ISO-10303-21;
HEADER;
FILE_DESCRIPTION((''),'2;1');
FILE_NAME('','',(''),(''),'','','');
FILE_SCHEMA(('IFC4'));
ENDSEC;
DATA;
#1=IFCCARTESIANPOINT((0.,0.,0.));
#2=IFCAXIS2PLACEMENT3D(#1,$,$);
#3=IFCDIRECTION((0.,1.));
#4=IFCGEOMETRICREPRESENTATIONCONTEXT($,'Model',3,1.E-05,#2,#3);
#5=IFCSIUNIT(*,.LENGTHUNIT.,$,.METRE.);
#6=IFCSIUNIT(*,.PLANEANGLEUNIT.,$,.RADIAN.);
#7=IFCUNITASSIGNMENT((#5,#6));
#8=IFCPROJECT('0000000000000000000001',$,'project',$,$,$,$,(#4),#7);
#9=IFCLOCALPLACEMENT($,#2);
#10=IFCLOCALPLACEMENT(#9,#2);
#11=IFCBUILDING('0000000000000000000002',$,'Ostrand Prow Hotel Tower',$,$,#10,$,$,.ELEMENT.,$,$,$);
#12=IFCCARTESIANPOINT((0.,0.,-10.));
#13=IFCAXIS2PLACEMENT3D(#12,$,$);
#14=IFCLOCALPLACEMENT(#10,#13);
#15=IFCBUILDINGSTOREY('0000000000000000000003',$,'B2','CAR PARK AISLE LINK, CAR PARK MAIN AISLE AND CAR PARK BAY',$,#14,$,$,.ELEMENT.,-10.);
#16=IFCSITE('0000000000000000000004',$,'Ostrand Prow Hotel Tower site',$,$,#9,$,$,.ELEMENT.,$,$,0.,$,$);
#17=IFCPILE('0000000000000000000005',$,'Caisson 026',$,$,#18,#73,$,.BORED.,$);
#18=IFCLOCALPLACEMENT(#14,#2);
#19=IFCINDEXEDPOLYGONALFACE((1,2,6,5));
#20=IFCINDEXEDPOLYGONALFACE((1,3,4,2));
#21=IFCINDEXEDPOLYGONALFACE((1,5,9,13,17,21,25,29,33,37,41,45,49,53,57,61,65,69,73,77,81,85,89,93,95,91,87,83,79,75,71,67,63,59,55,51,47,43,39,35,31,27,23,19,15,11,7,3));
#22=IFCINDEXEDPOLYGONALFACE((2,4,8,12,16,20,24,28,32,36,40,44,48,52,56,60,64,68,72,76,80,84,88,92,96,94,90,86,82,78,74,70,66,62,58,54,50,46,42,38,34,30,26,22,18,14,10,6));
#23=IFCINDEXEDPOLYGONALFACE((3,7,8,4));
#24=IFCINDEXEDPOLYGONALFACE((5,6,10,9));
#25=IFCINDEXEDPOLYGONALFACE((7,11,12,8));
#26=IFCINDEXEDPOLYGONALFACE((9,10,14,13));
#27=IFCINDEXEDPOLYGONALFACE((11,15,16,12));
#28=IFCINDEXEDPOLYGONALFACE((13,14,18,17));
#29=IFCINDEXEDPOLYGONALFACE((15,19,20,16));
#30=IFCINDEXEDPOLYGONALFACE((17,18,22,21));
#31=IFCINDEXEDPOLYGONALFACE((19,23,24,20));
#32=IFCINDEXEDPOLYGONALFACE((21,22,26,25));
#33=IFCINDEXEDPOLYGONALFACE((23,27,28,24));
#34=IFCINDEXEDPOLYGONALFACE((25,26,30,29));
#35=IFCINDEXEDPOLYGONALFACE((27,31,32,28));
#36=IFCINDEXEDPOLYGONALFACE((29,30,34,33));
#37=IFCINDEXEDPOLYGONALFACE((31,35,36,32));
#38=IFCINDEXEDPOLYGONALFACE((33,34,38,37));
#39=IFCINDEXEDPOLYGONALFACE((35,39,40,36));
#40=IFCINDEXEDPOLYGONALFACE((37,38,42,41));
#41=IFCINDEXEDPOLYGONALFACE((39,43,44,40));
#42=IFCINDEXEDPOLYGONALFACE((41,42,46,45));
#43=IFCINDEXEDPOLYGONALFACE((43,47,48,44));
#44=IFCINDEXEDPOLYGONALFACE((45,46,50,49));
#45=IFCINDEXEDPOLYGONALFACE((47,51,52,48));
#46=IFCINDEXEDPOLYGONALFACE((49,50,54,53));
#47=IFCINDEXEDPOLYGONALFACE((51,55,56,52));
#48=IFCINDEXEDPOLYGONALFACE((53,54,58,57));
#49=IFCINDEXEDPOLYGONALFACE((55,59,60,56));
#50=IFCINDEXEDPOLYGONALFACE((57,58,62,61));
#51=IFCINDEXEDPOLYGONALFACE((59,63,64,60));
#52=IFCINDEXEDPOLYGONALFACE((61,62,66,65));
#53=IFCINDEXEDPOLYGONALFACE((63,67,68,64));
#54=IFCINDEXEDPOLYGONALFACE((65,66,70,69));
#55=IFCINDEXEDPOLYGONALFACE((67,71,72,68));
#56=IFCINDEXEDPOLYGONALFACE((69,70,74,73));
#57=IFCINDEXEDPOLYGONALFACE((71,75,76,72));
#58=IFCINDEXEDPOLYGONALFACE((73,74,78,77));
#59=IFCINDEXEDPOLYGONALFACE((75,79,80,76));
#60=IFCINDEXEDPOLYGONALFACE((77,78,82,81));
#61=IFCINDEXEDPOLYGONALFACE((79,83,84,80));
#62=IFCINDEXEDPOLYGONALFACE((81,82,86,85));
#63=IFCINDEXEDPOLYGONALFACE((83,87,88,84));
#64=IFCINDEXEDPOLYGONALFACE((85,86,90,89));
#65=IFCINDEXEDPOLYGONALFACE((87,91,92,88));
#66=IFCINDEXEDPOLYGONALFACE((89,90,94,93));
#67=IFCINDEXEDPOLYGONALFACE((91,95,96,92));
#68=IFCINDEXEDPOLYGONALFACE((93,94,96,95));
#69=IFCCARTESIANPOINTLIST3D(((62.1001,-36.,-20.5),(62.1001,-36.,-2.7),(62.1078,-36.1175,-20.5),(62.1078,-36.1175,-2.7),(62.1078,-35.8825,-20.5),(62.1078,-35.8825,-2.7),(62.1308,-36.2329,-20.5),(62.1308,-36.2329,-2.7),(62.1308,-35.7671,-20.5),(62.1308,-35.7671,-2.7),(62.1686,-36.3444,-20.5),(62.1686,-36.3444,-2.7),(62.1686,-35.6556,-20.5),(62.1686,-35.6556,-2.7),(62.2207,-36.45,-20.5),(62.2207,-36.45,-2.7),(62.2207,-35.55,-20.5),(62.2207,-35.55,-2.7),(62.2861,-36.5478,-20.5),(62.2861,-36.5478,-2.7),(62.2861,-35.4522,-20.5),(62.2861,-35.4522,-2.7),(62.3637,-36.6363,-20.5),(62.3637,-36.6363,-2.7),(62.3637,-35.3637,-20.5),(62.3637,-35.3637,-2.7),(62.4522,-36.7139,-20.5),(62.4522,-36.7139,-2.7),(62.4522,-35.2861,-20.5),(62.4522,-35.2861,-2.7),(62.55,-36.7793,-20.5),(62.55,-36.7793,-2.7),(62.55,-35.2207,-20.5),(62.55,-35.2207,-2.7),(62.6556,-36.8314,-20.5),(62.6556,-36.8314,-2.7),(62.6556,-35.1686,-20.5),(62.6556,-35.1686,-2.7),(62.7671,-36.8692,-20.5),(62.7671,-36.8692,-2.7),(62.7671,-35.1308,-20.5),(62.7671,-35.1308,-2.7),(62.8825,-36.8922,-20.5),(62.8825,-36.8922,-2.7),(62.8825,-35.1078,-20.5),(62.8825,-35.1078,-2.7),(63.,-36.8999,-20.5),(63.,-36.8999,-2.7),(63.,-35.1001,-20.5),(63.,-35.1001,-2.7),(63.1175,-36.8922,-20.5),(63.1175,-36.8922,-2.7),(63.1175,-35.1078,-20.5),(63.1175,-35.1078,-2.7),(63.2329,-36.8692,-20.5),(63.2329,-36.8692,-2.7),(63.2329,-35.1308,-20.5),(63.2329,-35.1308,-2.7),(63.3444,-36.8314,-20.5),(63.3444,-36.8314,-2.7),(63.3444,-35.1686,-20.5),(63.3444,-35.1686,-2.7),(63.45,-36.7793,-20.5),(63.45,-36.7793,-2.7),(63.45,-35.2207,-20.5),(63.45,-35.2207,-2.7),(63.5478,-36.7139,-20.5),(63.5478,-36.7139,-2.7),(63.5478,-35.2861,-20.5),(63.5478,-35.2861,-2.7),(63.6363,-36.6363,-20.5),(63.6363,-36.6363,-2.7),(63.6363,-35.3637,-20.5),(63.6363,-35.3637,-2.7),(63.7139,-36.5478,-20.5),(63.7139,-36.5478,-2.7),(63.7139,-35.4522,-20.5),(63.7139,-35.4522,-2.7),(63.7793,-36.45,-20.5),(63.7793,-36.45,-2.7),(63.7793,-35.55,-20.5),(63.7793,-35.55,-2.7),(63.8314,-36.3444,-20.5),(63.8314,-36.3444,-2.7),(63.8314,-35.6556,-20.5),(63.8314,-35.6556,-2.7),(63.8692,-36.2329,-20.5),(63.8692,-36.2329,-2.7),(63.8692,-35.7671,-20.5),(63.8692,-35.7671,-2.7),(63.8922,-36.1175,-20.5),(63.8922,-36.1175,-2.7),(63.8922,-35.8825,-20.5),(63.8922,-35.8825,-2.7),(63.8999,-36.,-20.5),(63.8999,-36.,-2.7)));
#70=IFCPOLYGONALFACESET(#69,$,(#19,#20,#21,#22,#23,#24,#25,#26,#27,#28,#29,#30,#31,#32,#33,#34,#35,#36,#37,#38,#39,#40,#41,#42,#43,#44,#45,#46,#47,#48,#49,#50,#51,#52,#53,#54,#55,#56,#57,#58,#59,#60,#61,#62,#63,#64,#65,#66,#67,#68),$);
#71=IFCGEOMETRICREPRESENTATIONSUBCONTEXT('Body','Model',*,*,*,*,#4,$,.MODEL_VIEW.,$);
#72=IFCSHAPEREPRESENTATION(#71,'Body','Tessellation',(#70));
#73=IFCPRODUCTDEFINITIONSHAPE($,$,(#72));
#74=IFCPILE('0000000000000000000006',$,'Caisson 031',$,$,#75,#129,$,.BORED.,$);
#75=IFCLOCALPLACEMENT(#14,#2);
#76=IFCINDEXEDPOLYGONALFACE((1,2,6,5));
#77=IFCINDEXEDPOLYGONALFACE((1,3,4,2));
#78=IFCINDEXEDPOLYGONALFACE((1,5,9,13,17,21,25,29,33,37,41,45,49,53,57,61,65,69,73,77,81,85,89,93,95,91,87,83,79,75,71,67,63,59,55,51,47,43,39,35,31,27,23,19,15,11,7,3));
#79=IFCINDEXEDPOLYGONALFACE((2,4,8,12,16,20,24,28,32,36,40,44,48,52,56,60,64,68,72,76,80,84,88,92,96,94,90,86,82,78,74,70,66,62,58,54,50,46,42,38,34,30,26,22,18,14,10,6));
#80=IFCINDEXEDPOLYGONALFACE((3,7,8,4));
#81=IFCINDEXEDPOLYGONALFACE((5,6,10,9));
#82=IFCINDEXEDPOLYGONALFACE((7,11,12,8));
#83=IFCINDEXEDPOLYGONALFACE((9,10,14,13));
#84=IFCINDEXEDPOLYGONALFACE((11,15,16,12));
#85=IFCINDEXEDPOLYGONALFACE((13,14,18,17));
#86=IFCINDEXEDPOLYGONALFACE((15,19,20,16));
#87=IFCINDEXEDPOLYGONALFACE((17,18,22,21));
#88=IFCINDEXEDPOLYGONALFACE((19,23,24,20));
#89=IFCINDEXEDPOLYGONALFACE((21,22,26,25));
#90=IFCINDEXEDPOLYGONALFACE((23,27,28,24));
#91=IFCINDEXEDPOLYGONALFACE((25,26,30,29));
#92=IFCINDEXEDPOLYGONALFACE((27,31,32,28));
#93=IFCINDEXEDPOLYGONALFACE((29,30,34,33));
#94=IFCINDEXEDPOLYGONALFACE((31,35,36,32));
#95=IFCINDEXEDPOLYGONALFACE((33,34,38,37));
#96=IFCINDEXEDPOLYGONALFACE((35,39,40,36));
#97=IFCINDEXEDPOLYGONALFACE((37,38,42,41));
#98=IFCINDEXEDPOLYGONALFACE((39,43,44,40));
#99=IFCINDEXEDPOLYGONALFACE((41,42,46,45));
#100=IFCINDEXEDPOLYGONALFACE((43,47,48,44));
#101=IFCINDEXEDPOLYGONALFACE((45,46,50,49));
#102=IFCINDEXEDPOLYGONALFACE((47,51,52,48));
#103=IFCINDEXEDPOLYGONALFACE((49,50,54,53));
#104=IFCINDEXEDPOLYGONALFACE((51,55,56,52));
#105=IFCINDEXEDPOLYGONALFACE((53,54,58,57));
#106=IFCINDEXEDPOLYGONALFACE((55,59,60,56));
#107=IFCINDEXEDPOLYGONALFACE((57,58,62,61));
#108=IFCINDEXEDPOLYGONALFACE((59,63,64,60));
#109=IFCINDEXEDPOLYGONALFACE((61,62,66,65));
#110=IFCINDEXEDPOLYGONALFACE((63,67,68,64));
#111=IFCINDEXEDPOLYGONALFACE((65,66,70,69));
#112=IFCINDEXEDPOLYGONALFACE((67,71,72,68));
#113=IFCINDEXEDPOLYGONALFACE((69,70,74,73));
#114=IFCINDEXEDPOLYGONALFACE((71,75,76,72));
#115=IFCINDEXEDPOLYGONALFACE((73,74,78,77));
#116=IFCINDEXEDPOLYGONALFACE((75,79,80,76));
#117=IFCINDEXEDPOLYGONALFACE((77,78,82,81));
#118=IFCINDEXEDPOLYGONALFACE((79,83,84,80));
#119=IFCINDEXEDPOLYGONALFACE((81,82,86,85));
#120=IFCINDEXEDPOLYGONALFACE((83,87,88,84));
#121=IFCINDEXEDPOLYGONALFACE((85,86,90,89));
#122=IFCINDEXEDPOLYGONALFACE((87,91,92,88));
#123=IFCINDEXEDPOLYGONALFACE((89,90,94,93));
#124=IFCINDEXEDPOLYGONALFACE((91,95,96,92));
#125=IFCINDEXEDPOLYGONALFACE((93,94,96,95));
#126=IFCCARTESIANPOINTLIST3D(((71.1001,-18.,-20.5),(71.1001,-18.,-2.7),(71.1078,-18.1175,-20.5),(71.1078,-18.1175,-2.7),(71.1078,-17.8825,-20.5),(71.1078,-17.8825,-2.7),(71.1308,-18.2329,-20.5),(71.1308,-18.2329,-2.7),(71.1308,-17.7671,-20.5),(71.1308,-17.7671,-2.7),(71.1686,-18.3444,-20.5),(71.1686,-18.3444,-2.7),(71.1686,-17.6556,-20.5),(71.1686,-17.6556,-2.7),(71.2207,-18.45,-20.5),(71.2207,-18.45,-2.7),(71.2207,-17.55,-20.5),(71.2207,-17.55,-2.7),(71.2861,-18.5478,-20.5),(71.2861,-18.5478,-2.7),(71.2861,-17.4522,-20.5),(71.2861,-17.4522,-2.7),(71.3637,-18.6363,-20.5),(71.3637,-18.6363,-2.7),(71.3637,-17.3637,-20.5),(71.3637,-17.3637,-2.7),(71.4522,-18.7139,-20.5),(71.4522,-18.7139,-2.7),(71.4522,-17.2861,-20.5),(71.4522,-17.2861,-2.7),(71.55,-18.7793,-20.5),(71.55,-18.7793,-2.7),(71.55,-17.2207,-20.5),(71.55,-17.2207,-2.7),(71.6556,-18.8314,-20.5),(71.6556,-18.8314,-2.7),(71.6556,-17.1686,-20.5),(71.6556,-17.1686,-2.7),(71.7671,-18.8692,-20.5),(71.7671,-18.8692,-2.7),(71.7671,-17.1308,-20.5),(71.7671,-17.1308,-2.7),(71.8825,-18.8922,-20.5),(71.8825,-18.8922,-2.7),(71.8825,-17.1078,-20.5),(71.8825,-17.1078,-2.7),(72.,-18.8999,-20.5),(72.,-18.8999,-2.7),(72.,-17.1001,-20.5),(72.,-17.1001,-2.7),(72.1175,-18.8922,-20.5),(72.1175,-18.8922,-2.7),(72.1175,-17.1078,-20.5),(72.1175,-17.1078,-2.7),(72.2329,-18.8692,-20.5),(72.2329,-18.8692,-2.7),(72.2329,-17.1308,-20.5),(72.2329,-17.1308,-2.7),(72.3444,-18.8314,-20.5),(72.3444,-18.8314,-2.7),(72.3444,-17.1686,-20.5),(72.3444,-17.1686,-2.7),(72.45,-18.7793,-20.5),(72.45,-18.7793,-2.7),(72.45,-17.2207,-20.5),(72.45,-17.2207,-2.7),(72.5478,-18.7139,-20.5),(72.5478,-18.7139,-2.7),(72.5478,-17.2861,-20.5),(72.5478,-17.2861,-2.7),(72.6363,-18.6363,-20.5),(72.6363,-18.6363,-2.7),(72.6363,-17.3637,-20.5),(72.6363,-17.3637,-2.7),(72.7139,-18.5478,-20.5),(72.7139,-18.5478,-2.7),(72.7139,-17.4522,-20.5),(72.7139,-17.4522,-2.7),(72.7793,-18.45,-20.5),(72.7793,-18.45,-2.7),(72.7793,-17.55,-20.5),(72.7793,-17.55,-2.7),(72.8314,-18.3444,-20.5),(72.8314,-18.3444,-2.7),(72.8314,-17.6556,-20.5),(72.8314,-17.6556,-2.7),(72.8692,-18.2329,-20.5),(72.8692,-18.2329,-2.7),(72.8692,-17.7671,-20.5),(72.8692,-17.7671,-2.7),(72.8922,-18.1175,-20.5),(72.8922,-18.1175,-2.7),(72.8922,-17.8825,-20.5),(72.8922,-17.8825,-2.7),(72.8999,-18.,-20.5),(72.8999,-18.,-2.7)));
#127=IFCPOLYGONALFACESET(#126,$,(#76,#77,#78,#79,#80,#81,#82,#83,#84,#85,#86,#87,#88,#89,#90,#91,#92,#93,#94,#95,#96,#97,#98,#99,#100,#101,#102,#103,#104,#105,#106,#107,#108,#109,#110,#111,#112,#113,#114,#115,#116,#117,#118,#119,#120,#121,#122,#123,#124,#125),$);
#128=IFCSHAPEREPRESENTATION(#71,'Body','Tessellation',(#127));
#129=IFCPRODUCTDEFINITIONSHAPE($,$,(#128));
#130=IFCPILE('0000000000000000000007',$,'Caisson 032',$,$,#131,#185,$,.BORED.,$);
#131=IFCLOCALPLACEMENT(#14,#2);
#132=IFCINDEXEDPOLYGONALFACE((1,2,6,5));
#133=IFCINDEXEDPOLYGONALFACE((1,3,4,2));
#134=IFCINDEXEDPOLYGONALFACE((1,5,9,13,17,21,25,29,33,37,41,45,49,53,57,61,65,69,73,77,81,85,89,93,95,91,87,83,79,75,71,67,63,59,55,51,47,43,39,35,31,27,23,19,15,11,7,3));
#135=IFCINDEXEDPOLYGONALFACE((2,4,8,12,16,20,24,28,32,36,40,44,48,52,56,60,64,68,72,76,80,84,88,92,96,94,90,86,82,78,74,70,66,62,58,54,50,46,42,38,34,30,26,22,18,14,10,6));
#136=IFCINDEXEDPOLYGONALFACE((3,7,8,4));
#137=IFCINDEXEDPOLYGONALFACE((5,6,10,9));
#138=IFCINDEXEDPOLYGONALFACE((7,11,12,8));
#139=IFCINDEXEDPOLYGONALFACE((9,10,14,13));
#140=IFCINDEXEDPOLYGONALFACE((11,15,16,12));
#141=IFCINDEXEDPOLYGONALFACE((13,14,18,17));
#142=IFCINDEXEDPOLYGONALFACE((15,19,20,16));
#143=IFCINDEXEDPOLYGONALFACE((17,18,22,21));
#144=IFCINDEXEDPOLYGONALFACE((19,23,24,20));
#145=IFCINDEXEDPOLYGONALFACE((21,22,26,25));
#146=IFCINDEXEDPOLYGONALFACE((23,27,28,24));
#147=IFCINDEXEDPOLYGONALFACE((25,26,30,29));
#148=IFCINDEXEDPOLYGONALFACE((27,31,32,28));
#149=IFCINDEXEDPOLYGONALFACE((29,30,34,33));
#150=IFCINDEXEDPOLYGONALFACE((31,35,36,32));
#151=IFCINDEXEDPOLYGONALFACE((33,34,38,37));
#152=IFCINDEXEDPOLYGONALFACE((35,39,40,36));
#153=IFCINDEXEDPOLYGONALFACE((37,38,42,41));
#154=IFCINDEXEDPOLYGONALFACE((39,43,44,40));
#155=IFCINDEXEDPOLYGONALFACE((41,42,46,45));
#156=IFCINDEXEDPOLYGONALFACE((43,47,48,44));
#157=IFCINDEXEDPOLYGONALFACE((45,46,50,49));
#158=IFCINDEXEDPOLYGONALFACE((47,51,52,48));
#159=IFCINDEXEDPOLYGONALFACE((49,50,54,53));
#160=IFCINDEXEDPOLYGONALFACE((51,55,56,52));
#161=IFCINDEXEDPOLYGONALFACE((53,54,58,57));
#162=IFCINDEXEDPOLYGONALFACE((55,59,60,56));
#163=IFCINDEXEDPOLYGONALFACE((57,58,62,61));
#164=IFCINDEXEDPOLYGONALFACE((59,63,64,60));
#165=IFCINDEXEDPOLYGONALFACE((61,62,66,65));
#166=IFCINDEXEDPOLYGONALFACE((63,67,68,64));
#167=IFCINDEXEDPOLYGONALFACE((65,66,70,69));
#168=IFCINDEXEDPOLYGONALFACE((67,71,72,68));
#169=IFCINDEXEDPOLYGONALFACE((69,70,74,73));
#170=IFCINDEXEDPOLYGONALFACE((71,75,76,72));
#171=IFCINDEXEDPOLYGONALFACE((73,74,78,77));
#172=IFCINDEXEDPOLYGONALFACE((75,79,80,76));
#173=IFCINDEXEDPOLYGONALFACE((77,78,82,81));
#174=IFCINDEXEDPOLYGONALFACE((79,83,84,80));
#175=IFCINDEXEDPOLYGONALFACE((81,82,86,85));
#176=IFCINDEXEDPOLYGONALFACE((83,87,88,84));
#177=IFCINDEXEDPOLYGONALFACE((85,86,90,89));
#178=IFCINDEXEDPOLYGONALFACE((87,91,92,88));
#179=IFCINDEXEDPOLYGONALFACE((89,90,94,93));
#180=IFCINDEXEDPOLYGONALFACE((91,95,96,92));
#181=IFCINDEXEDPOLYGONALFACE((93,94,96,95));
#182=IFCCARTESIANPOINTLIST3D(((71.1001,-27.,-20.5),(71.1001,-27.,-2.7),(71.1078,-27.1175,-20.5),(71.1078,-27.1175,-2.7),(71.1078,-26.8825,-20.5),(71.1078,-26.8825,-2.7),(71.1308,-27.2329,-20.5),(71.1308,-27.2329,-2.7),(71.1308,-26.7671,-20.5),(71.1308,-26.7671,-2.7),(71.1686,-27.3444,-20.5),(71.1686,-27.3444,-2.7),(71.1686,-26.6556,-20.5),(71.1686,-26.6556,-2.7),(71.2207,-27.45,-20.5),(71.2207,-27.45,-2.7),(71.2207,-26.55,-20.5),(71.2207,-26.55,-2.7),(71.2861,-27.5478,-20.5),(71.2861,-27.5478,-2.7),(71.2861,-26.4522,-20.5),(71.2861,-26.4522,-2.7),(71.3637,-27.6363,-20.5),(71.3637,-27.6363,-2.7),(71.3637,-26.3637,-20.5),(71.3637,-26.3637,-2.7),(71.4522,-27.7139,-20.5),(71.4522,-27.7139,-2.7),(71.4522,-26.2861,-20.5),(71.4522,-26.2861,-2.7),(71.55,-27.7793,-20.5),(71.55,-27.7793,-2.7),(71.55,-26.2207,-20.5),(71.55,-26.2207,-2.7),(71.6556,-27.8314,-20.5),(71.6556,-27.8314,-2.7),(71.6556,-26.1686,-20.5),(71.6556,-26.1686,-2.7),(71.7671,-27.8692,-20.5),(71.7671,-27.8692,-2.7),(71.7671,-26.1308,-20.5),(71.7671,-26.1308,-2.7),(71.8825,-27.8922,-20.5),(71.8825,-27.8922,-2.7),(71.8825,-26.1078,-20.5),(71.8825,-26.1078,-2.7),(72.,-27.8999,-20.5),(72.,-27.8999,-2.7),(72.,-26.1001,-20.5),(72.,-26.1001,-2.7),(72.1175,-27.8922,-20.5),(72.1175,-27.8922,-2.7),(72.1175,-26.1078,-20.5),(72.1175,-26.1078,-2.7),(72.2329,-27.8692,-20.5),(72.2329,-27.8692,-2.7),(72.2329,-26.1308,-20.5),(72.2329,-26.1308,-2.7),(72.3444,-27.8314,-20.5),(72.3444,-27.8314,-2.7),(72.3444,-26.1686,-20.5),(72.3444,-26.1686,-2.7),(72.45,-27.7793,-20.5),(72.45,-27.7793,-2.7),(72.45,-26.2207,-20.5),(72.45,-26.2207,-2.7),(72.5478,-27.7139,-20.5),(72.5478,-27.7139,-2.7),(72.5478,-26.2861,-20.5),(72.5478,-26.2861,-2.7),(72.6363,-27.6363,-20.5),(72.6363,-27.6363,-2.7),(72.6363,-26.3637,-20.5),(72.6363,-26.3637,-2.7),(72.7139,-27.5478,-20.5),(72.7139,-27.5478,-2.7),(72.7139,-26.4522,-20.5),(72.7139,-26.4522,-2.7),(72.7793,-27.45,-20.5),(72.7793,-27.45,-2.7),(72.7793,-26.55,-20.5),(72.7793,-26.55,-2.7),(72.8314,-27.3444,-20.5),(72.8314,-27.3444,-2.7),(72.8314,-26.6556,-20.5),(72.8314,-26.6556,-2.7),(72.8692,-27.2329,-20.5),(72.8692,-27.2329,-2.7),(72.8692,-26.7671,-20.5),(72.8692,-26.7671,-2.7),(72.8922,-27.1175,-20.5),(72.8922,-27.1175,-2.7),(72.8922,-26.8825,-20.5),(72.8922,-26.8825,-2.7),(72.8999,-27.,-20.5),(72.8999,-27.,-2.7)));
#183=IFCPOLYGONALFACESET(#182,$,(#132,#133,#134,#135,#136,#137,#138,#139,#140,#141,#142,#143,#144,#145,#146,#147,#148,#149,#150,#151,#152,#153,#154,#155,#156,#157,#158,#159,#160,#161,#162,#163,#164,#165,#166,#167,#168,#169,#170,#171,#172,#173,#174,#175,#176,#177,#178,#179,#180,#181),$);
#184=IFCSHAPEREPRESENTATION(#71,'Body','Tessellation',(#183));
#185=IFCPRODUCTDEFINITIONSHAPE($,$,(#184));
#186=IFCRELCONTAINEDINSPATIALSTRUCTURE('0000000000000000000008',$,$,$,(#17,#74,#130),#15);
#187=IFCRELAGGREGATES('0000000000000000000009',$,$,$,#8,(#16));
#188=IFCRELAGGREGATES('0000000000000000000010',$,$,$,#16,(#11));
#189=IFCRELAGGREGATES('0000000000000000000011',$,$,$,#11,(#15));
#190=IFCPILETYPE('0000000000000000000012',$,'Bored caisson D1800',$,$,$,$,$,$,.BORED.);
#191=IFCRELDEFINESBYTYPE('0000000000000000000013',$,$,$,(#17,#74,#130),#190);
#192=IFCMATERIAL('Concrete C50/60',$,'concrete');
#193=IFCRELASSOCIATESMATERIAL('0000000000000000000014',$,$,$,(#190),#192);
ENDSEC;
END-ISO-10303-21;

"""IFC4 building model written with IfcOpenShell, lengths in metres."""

from ifc_helpers import new_model, si_unit, direction, frame, origin, origin_2d, place, context, subcontext, project, spatial, circle, extrude, material, type_object, element, save


model = new_model("IFC4")

# Units and contexts
model_context = context("Model", 3, precision=1e-05, world=origin(), true_north=direction((0.0, 1.0)))
body_context = subcontext(model_context, "Body", "Model", "MODEL_VIEW")
ifc_project = project(units=[si_unit("LENGTHUNIT", "METRE"), si_unit("PLANEANGLEUNIT", "RADIAN")], contexts=[model_context])

# Site, building, storey
site_placement = place(None, origin())
site = spatial("IfcSite", under=ifc_project, at=site_placement, Name="Ostrand Prow Hotel Tower site", CompositionType="ELEMENT", RefElevation=0.0)
building_placement = place(site_placement, origin())
building = spatial("IfcBuilding", under=site, at=building_placement, Name="Ostrand Prow Hotel Tower", CompositionType="ELEMENT")
storey_placement = place(building_placement, frame((0.0, 0.0, -10.0)))
storey = spatial("IfcBuildingStorey", under=building, at=storey_placement, Name="B2", Description="CAR PARK AISLE LINK, CAR PARK MAIN AISLE AND CAR PARK BAY", CompositionType="ELEMENT", Elevation=-10.0)

# Piles
ifc_material_1 = material(Name="Concrete C50/60", Category="concrete")
pile_type_1 = type_object("IfcPileType", Name="Bored caisson D1800", PredefinedType="BORED", material=ifc_material_1)
for number, where, z_axis, x_axis, name in (
    (1, (63.0, -36.0, -2.7), (0.0, 0.0, -1.0), (1.0, 0.0, 0.0), "Caisson 026"),
    (2, (72.0, -18.0, -2.7), (0.0, 0.0, -1.0), (1.0, 0.0, 0.0), "Caisson 031"),
    (3, (72.0, -27.0, -2.7), (0.0, 0.0, -1.0), (1.0, 0.0, 0.0), "Caisson 032"),
):
    element("IfcPile", number, at=place(storey_placement, frame(where, z_axis=z_axis, x_axis=x_axis)), inside=storey, type_object=pile_type_1, Name=name, PredefinedType="BORED", context=body_context, shape_type="SweptSolid", body=[
        extrude(circle(Radius=0.8999, at=origin_2d()), origin(), (0.0, 0.0, 1.0), 17.8),
    ])

save(model, "model.ifc")
